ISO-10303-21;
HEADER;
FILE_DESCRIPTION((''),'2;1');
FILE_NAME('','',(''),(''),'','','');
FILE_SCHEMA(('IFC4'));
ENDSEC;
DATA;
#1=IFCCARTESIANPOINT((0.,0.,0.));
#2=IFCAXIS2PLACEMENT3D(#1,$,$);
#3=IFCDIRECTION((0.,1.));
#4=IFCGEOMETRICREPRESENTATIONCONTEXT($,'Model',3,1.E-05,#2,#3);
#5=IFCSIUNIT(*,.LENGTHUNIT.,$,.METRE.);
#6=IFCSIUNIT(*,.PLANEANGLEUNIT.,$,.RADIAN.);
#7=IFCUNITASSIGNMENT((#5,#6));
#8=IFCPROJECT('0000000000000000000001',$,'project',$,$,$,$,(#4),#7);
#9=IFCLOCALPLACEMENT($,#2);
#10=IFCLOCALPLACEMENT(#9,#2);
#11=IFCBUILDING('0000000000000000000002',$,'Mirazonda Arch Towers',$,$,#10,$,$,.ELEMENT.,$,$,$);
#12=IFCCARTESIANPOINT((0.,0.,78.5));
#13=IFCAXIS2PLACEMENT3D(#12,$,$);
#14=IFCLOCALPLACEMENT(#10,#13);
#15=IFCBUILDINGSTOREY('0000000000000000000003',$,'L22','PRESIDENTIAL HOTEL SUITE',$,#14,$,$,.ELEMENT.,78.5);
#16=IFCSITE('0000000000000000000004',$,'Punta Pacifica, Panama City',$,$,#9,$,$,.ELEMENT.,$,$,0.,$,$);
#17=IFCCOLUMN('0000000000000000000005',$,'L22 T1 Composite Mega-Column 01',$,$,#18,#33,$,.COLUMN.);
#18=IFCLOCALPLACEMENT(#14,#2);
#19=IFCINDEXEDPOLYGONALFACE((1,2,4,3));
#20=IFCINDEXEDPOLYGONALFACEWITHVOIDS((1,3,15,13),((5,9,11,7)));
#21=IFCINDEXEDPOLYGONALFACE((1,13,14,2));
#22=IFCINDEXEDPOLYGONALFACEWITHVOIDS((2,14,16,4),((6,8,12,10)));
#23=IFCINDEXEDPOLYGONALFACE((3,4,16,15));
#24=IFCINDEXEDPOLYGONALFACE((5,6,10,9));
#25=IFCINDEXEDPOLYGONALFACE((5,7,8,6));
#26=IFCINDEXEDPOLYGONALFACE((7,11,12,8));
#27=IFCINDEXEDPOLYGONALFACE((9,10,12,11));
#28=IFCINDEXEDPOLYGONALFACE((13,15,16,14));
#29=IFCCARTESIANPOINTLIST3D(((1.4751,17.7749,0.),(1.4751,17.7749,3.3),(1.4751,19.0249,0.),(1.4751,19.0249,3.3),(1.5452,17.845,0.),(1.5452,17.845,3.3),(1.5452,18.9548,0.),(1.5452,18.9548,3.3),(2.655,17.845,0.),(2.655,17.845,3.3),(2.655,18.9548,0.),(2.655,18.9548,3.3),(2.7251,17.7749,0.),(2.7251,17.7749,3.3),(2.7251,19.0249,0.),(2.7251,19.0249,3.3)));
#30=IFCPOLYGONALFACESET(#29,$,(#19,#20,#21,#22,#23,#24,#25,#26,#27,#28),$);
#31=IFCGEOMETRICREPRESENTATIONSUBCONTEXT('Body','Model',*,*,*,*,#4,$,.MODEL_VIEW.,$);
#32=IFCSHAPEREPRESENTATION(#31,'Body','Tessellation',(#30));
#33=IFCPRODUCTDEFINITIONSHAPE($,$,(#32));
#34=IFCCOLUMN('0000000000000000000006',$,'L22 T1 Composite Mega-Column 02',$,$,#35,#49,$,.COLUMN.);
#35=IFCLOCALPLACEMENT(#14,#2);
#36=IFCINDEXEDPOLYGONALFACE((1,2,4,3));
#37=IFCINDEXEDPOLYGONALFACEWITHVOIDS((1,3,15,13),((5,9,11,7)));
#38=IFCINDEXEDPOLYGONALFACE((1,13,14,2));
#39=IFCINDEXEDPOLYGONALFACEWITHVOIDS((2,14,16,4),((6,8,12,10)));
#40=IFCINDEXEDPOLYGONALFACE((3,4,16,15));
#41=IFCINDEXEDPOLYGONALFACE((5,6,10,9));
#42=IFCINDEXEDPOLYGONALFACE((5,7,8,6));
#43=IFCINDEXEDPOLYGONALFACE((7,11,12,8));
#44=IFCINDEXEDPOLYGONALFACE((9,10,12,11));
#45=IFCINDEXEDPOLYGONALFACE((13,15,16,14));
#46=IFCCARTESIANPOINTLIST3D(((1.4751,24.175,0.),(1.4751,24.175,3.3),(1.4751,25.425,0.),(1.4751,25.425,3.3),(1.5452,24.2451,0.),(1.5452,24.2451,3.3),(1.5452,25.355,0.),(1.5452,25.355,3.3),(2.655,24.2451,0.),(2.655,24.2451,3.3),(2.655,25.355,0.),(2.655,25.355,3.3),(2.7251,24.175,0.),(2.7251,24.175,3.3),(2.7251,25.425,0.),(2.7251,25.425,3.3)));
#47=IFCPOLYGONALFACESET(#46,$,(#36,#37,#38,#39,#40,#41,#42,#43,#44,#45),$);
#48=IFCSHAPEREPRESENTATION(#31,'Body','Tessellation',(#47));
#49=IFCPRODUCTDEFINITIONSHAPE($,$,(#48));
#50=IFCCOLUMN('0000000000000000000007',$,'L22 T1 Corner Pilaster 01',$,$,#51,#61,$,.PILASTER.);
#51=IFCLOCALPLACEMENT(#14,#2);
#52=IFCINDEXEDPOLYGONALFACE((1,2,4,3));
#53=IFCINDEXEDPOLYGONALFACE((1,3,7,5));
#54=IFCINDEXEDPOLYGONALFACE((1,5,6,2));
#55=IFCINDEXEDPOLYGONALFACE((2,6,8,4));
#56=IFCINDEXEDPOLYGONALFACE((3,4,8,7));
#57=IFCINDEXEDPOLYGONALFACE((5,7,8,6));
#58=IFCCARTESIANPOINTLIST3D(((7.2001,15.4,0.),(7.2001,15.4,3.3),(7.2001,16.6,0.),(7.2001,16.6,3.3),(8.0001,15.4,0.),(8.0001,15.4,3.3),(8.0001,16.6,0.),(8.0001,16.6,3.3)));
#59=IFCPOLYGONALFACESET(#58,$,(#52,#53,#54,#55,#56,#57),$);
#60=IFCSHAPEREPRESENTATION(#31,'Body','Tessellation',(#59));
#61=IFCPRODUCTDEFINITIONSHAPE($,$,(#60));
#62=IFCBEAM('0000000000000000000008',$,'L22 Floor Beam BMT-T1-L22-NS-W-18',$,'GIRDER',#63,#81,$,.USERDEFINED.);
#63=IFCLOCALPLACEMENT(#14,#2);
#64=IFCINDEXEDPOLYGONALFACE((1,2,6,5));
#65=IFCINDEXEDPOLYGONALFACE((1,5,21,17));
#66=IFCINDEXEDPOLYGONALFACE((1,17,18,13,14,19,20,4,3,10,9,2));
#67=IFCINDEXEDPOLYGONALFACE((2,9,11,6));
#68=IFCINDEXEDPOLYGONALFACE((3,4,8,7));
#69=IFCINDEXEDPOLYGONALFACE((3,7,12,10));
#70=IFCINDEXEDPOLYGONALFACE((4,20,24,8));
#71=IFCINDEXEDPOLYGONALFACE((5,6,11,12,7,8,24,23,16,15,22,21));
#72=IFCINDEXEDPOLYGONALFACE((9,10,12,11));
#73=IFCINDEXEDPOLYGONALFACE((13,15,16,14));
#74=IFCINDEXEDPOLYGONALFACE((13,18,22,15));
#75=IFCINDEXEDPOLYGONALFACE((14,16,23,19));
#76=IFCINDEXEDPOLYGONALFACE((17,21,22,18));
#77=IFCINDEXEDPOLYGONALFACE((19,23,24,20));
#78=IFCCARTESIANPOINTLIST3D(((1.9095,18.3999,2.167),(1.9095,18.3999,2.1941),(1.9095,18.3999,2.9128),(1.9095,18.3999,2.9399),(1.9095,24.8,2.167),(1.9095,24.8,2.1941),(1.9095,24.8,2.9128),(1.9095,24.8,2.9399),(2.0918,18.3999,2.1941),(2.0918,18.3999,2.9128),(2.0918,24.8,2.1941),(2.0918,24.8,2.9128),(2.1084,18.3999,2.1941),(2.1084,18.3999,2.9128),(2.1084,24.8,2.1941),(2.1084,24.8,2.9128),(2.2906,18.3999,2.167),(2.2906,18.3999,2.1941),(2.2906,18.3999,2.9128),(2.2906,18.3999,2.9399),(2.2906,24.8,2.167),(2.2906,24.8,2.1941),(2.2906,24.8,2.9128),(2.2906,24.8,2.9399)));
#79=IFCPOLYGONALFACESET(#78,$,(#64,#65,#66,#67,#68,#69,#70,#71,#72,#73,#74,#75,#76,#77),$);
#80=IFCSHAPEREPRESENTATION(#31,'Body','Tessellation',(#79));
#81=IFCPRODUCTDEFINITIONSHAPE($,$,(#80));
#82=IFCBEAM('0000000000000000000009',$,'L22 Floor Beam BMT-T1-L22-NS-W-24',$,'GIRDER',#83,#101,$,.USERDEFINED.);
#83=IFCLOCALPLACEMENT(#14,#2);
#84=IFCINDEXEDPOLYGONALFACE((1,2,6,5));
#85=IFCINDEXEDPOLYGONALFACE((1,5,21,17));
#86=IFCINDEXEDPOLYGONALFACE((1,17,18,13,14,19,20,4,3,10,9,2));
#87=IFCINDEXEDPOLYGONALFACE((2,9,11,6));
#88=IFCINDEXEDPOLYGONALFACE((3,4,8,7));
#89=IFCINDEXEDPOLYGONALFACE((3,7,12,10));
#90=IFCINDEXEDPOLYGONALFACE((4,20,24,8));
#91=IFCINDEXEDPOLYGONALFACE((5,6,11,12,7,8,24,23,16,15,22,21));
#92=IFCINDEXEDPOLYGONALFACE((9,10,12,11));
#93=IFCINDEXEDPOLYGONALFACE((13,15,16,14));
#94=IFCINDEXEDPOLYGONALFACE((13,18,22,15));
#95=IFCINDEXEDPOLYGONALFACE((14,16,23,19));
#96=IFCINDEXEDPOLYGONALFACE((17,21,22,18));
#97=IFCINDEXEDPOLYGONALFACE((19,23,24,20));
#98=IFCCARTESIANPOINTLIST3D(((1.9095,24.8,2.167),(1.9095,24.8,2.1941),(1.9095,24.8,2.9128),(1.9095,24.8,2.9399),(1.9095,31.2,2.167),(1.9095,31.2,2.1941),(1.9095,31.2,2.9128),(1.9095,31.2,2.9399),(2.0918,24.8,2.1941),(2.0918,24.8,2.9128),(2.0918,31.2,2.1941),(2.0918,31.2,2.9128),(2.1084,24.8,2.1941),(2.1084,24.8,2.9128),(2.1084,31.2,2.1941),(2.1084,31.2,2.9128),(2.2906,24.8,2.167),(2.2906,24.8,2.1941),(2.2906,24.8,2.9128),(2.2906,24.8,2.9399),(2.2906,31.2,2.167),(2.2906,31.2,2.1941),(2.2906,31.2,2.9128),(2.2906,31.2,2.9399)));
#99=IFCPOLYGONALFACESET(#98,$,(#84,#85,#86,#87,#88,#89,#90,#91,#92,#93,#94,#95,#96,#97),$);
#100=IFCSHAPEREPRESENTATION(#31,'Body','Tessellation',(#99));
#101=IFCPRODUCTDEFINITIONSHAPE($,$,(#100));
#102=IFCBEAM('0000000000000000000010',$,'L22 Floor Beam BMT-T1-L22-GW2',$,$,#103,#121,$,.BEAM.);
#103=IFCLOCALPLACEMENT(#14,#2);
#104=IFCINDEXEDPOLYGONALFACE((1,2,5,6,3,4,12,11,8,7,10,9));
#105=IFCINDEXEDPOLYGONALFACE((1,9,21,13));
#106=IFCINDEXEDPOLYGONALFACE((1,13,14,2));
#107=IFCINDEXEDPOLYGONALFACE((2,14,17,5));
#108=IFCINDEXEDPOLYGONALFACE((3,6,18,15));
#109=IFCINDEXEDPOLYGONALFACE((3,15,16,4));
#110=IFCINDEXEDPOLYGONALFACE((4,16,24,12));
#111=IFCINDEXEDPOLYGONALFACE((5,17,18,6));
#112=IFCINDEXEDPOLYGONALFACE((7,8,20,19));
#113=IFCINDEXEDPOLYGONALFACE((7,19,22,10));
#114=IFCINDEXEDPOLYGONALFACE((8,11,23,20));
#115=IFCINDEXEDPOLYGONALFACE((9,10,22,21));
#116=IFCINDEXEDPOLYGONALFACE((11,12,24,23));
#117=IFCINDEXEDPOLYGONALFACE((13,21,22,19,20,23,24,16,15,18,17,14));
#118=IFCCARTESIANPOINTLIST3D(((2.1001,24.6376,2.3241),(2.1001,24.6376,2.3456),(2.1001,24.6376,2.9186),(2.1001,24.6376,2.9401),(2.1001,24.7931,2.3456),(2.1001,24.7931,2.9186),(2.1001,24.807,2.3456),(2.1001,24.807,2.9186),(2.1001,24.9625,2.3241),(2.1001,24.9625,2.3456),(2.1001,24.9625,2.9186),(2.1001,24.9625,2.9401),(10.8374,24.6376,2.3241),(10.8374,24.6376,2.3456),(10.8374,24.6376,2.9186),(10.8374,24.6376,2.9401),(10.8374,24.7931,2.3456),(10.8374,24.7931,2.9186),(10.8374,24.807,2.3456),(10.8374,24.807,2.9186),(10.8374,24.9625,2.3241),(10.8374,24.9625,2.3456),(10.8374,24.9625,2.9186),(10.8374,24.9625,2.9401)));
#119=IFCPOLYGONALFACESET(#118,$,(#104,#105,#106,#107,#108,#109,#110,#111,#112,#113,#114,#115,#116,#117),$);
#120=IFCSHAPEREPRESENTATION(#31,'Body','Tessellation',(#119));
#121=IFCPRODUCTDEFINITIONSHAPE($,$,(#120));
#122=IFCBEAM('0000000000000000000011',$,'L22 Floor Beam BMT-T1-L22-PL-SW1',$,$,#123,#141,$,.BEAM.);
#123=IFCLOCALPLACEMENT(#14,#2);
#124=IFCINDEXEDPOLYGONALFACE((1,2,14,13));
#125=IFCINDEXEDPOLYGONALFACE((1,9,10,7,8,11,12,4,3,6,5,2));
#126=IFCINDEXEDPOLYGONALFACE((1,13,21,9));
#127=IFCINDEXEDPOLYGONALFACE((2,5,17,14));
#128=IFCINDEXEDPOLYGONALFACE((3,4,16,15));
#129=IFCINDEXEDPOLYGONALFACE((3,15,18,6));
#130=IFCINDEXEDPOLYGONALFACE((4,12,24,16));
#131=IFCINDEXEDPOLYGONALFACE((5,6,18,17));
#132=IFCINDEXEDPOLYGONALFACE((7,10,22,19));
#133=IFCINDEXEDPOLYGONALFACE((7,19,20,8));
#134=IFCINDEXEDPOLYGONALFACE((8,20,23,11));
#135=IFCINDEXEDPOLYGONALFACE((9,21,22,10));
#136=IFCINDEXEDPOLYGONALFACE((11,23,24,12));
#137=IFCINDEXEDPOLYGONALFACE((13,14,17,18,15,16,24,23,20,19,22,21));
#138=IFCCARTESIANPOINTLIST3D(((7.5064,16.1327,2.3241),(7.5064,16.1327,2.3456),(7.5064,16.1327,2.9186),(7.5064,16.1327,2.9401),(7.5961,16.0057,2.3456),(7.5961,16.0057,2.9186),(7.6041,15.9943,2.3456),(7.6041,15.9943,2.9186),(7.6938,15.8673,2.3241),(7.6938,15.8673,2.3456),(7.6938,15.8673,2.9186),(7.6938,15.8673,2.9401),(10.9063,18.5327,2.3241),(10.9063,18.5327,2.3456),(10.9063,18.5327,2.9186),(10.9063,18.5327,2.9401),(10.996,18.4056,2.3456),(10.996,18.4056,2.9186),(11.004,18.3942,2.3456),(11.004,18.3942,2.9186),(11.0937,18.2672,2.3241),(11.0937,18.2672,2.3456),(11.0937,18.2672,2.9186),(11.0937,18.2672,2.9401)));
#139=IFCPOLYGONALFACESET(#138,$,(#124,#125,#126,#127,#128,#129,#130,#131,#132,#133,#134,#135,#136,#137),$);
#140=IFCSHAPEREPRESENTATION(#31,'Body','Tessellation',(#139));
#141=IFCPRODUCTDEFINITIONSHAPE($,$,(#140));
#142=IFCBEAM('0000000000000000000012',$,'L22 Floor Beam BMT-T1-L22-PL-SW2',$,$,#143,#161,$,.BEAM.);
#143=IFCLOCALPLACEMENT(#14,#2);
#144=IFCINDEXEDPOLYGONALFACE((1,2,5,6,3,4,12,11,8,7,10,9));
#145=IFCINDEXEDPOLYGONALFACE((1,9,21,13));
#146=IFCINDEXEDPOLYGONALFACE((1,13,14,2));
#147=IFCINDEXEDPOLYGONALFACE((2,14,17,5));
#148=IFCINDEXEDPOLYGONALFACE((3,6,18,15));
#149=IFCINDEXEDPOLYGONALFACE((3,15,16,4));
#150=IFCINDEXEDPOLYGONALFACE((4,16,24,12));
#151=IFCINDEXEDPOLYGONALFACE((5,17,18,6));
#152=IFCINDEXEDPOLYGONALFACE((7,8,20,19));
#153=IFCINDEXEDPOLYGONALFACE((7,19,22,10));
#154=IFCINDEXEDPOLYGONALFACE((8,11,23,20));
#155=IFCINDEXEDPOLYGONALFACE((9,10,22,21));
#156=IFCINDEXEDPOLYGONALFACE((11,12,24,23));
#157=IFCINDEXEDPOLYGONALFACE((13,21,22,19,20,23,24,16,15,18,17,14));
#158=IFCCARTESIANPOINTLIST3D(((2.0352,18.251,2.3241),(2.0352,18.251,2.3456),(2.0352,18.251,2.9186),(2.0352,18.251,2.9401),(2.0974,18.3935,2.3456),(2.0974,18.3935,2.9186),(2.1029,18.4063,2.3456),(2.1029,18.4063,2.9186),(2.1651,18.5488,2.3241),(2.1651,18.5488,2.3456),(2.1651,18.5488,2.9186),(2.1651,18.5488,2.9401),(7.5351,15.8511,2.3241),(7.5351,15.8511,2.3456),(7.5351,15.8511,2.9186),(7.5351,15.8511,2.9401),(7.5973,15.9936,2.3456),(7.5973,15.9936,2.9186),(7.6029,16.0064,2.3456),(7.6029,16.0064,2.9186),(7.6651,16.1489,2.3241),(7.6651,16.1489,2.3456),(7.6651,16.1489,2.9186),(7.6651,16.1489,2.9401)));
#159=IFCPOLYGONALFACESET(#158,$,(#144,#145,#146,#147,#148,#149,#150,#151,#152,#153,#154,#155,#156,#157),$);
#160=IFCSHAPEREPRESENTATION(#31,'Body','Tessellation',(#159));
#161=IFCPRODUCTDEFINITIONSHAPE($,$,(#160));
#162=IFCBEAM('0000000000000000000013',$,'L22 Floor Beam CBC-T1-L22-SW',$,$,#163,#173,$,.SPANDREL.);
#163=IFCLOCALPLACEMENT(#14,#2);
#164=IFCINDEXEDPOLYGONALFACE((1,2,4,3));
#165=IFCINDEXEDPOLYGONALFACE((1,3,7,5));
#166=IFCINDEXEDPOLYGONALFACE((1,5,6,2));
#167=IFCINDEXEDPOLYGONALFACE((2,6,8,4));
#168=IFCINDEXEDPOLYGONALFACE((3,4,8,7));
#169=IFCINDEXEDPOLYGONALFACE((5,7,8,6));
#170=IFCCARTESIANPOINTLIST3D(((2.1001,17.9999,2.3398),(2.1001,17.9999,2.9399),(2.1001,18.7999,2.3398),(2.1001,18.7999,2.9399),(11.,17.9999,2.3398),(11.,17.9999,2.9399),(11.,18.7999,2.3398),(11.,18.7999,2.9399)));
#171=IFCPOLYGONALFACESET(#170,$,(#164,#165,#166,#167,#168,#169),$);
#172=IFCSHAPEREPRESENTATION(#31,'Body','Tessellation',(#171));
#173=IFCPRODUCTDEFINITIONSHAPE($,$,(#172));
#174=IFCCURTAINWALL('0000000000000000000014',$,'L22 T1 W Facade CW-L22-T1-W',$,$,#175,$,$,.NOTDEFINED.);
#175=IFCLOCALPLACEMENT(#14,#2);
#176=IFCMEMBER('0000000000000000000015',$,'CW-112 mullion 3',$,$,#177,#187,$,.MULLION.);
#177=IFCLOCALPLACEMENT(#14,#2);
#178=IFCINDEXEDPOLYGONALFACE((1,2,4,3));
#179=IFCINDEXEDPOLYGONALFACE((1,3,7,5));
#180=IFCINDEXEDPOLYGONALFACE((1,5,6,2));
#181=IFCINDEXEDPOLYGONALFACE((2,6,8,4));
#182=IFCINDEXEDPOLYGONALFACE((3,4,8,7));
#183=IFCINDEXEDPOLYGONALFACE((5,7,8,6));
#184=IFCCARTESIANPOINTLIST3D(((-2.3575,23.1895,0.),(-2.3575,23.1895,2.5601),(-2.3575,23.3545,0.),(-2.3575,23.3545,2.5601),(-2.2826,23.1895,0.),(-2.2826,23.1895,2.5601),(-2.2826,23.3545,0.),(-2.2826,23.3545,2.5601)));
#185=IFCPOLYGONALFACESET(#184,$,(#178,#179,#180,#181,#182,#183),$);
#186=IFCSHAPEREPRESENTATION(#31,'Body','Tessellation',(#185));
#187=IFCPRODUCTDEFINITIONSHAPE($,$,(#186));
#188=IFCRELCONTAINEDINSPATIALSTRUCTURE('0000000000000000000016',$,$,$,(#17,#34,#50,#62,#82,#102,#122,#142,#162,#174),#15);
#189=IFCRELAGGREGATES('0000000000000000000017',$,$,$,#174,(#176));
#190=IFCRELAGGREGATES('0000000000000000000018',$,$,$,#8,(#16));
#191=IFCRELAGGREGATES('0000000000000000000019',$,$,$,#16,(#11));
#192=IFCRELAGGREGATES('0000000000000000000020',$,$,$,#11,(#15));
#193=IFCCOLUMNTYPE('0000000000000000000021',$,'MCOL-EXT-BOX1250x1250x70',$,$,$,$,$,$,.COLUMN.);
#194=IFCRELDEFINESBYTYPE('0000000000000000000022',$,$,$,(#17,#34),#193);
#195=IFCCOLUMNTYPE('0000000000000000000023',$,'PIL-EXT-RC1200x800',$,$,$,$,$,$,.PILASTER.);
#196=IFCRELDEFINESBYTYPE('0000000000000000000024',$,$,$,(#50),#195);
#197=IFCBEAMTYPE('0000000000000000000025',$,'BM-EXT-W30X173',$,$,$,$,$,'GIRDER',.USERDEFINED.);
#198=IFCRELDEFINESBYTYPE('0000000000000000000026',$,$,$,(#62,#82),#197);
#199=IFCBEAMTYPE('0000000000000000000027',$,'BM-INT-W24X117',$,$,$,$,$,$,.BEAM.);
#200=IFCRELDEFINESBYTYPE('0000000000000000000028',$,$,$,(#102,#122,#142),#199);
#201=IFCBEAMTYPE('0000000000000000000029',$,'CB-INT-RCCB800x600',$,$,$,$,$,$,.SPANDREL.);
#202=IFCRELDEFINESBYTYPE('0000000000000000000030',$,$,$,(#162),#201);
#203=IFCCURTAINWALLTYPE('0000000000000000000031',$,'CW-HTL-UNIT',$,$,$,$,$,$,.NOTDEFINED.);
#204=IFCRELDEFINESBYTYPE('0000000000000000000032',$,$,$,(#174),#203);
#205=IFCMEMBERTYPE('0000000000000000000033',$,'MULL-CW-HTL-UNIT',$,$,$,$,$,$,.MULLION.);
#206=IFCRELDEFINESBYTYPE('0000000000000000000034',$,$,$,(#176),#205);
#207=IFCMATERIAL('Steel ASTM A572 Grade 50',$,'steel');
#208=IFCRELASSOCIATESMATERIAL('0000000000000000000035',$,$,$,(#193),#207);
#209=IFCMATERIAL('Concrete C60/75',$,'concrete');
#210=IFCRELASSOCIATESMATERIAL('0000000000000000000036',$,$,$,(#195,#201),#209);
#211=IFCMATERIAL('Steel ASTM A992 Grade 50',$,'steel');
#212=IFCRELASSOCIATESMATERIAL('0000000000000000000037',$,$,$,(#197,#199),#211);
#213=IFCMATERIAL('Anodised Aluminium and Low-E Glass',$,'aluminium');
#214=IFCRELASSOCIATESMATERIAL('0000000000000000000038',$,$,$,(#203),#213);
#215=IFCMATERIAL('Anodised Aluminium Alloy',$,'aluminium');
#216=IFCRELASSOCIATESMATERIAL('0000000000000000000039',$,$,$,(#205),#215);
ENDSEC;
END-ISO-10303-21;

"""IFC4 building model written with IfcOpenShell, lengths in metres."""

from ifc_helpers import new_model, si_unit, direction, frame, origin, origin_2d, place, context, subcontext, project, spatial, rectangle, hollow_rectangle, i_section, extrude, material, material_profile, profile_set, type_object, element, aggregate, save


model = new_model("IFC4")

# Units and contexts
model_context = context("Model", 3, precision=1e-05, world=origin(), true_north=direction((0.0, 1.0)))
body_context = subcontext(model_context, "Body", "Model", "MODEL_VIEW")
ifc_project = project(units=[si_unit("LENGTHUNIT", "METRE"), si_unit("PLANEANGLEUNIT", "RADIAN")], contexts=[model_context])

# Site, building, storey
site_placement = place(None, origin())
site = spatial("IfcSite", under=ifc_project, at=site_placement, Name="Punta Pacifica, Panama City", CompositionType="ELEMENT", RefElevation=0.0)
building_placement = place(site_placement, origin())
building = spatial("IfcBuilding", under=site, at=building_placement, Name="Mirazonda Arch Towers", CompositionType="ELEMENT")
storey_placement = place(building_placement, frame((0.0, 0.0, 78.5)))
storey = spatial("IfcBuildingStorey", under=building, at=storey_placement, Name="L22", Description="PRESIDENTIAL HOTEL SUITE", CompositionType="ELEMENT", Elevation=78.5)

# Columns
ifc_material_1 = material(Name="Steel ASTM A572 Grade 50", Category="steel")
ifc_material_profile_1 = material_profile(ifc_material_1, hollow_rectangle(XDim=1.25, YDim=1.25, WallThickness=0.0701, at=origin_2d()), Name="BOX1250x1250x70")
ifc_profile_set_1 = profile_set([ifc_material_profile_1], Name="Steel ASTM A572 Grade 50")
column_type_1 = type_object("IfcColumnType", Name="MCOL-EXT-BOX1250x1250x70", PredefinedType="COLUMN", material=ifc_profile_set_1)
for number, where, z_axis, x_axis, name in (
    (1, (2.1001, 18.3999, 0.0), (0.0, 0.0, 1.0), (1.0, 0.0, 0.0), "L22 T1 Composite Mega-Column 01"),
    (2, (2.1001, 24.8, 0.0), (0.0, 0.0, 1.0), (1.0, 0.0, 0.0), "L22 T1 Composite Mega-Column 02"),
):
    element("IfcColumn", number, at=place(storey_placement, frame(where, z_axis=z_axis, x_axis=x_axis)), inside=storey, type_object=column_type_1, Name=name, PredefinedType="COLUMN", context=body_context, shape_type="SweptSolid", body=[
        extrude(hollow_rectangle(XDim=1.25, YDim=1.25, WallThickness=0.0701, at=origin_2d()), origin(), (0.0, 0.0, 1.0), 3.3),
    ])
ifc_material_2 = material(Name="Concrete C60/75", Category="concrete")
ifc_material_profile_2 = material_profile(ifc_material_2, rectangle(XDim=0.8, YDim=1.2, at=origin_2d()), Name="RC1200x800")
ifc_profile_set_2 = profile_set([ifc_material_profile_2], Name="Concrete C60/75")
column_type_2 = type_object("IfcColumnType", Name="PIL-EXT-RC1200x800", PredefinedType="PILASTER", material=ifc_profile_set_2)
column_placement = place(storey_placement, frame((7.6001, 16.0, 0.0), z_axis=(0.0, 0.0, 1.0), x_axis=(1.0, 0.0, 0.0)))
element("IfcColumn", 3, at=column_placement, inside=storey, type_object=column_type_2, Name="L22 T1 Corner Pilaster 01", PredefinedType="PILASTER", context=body_context, shape_type="SweptSolid", body=[
    extrude(rectangle(XDim=0.8, YDim=1.2, at=origin_2d()), origin(), (0.0, 0.0, 1.0), 3.3),
])

# Beams
ifc_material_3 = material(Name="Steel ASTM A992 Grade 50", Category="steel")
ifc_material_profile_3 = material_profile(ifc_material_3, i_section(OverallWidth=0.3811, OverallDepth=0.7729, WebThickness=0.0166, FlangeThickness=0.0271, at=origin_2d()), Name="W30X173")
ifc_profile_set_3 = profile_set([ifc_material_profile_3], Name="Steel ASTM A992 Grade 50")
beam_type_1 = type_object("IfcBeamType", Name="BM-EXT-W30X173", ElementType="GIRDER", PredefinedType="USERDEFINED", material=ifc_profile_set_3)
beam_1_placement = place(storey_placement, frame((2.1001, 18.3999, 2.5535), z_axis=(0.0, 1.0, 0.0), x_axis=(-1.0, 0.0, 0.0)))
element("IfcBeam", 4, at=beam_1_placement, inside=storey, type_object=beam_type_1, Name="L22 Floor Beam BMT-T1-L22-NS-W-18", ObjectType="GIRDER", PredefinedType="USERDEFINED", context=body_context, shape_type="SweptSolid", body=[
    extrude(i_section(OverallWidth=0.3811, OverallDepth=0.7729, WebThickness=0.0166, FlangeThickness=0.0271, at=origin_2d()), origin(), (0.0, 0.0, 1.0), 6.4001),
])
beam_2_placement = place(storey_placement, frame((2.1001, 24.8, 2.5535), z_axis=(0.0, 1.0, 0.0), x_axis=(-1.0, 0.0, 0.0)))
element("IfcBeam", 5, at=beam_2_placement, inside=storey, type_object=beam_type_1, Name="L22 Floor Beam BMT-T1-L22-NS-W-24", ObjectType="GIRDER", PredefinedType="USERDEFINED", context=body_context, shape_type="SweptSolid", body=[
    extrude(i_section(OverallWidth=0.3811, OverallDepth=0.7729, WebThickness=0.0166, FlangeThickness=0.0271, at=origin_2d()), origin(), (0.0, 0.0, 1.0), 6.3999),
])
ifc_material_profile_4 = material_profile(ifc_material_3, i_section(OverallWidth=0.325, OverallDepth=0.616, WebThickness=0.0139, FlangeThickness=0.0215, at=origin_2d()), Name="W24X117")
ifc_profile_set_4 = profile_set([ifc_material_profile_4], Name="Steel ASTM A992 Grade 50")
beam_type_2 = type_object("IfcBeamType", Name="BM-INT-W24X117", PredefinedType="BEAM", material=ifc_profile_set_4)
beam_3_placement = place(storey_placement, frame((2.1001, 24.8, 2.6321), z_axis=(1.0, 0.0, 0.0), x_axis=(0.0, 1.0, 0.0)))
element("IfcBeam", 6, at=beam_3_placement, inside=storey, type_object=beam_type_2, Name="L22 Floor Beam BMT-T1-L22-GW2", PredefinedType="BEAM", context=body_context, shape_type="SweptSolid", body=[
    extrude(i_section(OverallWidth=0.325, OverallDepth=0.616, WebThickness=0.0139, FlangeThickness=0.0215, at=origin_2d()), origin(), (0.0, 0.0, 1.0), 8.7373),
])
beam_4_placement = place(storey_placement, frame((7.6001, 16.0, 2.6321), z_axis=(0.816971, 0.576679, 0.0), x_axis=(-0.576679, 0.816971, 0.0)))
element("IfcBeam", 7, at=beam_4_placement, inside=storey, type_object=beam_type_2, Name="L22 Floor Beam BMT-T1-L22-PL-SW1", PredefinedType="BEAM", context=body_context, shape_type="SweptSolid", body=[
    extrude(i_section(OverallWidth=0.325, OverallDepth=0.616, WebThickness=0.0139, FlangeThickness=0.0215, at=origin_2d()), origin(), (0.0, 0.0, 1.0), 4.1616),
])
beam_5_placement = place(storey_placement, frame((7.6001, 16.0, 2.6321), z_axis=(-0.916545, 0.399931, 0.0), x_axis=(-0.399931, -0.916545, 0.0)))
element("IfcBeam", 8, at=beam_5_placement, inside=storey, type_object=beam_type_2, Name="L22 Floor Beam BMT-T1-L22-PL-SW2", PredefinedType="BEAM", context=body_context, shape_type="SweptSolid", body=[
    extrude(i_section(OverallWidth=0.325, OverallDepth=0.616, WebThickness=0.0139, FlangeThickness=0.0215, at=origin_2d()), origin(), (0.0, 0.0, 1.0), 6.0007),
])
ifc_material_profile_5 = material_profile(ifc_material_2, rectangle(XDim=0.8, YDim=0.6001, at=origin_2d()), Name="RCCB800x600")
ifc_profile_set_5 = profile_set([ifc_material_profile_5], Name="Concrete C60/75")
beam_type_3 = type_object("IfcBeamType", Name="CB-INT-RCCB800x600", PredefinedType="SPANDREL", material=ifc_profile_set_5)
beam_6_placement = place(storey_placement, frame((2.1001, 18.3999, 2.6399), z_axis=(1.0, 0.0, 0.0), x_axis=(0.0, 1.0, 0.0)))
element("IfcBeam", 9, at=beam_6_placement, inside=storey, type_object=beam_type_3, Name="L22 Floor Beam CBC-T1-L22-SW", PredefinedType="SPANDREL", context=body_context, shape_type="SweptSolid", body=[
    extrude(rectangle(XDim=0.8, YDim=0.6001, at=origin_2d()), origin(), (0.0, 0.0, 1.0), 8.8999),
])

# Curtain wall, member
ifc_material_4 = material(Name="Anodised Aluminium and Low-E Glass", Category="aluminium")
curtain_wall_type = type_object("IfcCurtainWallType", Name="CW-HTL-UNIT", PredefinedType="NOTDEFINED", material=ifc_material_4)
curtain_wall_placement = place(storey_placement, origin())
curtain_wall = element("IfcCurtainWall", 10, at=curtain_wall_placement, inside=storey, type_object=curtain_wall_type, Name="L22 T1 W Facade CW-L22-T1-W", PredefinedType="NOTDEFINED")
ifc_material_5 = material(Name="Anodised Aluminium Alloy", Category="aluminium")
ifc_material_profile_6 = material_profile(ifc_material_5, rectangle(XDim=0.075, YDim=0.165, at=origin_2d()), Name="ALU-MULL-75x165")
ifc_profile_set_6 = profile_set([ifc_material_profile_6], Name="Anodised Aluminium Alloy")
member_type_1 = type_object("IfcMemberType", Name="MULL-CW-HTL-UNIT", PredefinedType="MULLION", material=ifc_profile_set_6)
member_1_placement = place(storey_placement, frame((-2.3201, 23.272, 0.0), z_axis=(0.0, 0.0, 1.0), x_axis=(1.0, 0.0, 0.0)))
member_1 = element("IfcMember", 11, at=member_1_placement, type_object=member_type_1, Name="CW-112 mullion 3", PredefinedType="MULLION", context=body_context, shape_type="SweptSolid", body=[
    extrude(rectangle(XDim=0.075, YDim=0.165, at=origin_2d()), origin(), (0.0, 0.0, 1.0), 2.5601),
])
aggregate(curtain_wall, [member_1])

save(model, "model.ifc")
